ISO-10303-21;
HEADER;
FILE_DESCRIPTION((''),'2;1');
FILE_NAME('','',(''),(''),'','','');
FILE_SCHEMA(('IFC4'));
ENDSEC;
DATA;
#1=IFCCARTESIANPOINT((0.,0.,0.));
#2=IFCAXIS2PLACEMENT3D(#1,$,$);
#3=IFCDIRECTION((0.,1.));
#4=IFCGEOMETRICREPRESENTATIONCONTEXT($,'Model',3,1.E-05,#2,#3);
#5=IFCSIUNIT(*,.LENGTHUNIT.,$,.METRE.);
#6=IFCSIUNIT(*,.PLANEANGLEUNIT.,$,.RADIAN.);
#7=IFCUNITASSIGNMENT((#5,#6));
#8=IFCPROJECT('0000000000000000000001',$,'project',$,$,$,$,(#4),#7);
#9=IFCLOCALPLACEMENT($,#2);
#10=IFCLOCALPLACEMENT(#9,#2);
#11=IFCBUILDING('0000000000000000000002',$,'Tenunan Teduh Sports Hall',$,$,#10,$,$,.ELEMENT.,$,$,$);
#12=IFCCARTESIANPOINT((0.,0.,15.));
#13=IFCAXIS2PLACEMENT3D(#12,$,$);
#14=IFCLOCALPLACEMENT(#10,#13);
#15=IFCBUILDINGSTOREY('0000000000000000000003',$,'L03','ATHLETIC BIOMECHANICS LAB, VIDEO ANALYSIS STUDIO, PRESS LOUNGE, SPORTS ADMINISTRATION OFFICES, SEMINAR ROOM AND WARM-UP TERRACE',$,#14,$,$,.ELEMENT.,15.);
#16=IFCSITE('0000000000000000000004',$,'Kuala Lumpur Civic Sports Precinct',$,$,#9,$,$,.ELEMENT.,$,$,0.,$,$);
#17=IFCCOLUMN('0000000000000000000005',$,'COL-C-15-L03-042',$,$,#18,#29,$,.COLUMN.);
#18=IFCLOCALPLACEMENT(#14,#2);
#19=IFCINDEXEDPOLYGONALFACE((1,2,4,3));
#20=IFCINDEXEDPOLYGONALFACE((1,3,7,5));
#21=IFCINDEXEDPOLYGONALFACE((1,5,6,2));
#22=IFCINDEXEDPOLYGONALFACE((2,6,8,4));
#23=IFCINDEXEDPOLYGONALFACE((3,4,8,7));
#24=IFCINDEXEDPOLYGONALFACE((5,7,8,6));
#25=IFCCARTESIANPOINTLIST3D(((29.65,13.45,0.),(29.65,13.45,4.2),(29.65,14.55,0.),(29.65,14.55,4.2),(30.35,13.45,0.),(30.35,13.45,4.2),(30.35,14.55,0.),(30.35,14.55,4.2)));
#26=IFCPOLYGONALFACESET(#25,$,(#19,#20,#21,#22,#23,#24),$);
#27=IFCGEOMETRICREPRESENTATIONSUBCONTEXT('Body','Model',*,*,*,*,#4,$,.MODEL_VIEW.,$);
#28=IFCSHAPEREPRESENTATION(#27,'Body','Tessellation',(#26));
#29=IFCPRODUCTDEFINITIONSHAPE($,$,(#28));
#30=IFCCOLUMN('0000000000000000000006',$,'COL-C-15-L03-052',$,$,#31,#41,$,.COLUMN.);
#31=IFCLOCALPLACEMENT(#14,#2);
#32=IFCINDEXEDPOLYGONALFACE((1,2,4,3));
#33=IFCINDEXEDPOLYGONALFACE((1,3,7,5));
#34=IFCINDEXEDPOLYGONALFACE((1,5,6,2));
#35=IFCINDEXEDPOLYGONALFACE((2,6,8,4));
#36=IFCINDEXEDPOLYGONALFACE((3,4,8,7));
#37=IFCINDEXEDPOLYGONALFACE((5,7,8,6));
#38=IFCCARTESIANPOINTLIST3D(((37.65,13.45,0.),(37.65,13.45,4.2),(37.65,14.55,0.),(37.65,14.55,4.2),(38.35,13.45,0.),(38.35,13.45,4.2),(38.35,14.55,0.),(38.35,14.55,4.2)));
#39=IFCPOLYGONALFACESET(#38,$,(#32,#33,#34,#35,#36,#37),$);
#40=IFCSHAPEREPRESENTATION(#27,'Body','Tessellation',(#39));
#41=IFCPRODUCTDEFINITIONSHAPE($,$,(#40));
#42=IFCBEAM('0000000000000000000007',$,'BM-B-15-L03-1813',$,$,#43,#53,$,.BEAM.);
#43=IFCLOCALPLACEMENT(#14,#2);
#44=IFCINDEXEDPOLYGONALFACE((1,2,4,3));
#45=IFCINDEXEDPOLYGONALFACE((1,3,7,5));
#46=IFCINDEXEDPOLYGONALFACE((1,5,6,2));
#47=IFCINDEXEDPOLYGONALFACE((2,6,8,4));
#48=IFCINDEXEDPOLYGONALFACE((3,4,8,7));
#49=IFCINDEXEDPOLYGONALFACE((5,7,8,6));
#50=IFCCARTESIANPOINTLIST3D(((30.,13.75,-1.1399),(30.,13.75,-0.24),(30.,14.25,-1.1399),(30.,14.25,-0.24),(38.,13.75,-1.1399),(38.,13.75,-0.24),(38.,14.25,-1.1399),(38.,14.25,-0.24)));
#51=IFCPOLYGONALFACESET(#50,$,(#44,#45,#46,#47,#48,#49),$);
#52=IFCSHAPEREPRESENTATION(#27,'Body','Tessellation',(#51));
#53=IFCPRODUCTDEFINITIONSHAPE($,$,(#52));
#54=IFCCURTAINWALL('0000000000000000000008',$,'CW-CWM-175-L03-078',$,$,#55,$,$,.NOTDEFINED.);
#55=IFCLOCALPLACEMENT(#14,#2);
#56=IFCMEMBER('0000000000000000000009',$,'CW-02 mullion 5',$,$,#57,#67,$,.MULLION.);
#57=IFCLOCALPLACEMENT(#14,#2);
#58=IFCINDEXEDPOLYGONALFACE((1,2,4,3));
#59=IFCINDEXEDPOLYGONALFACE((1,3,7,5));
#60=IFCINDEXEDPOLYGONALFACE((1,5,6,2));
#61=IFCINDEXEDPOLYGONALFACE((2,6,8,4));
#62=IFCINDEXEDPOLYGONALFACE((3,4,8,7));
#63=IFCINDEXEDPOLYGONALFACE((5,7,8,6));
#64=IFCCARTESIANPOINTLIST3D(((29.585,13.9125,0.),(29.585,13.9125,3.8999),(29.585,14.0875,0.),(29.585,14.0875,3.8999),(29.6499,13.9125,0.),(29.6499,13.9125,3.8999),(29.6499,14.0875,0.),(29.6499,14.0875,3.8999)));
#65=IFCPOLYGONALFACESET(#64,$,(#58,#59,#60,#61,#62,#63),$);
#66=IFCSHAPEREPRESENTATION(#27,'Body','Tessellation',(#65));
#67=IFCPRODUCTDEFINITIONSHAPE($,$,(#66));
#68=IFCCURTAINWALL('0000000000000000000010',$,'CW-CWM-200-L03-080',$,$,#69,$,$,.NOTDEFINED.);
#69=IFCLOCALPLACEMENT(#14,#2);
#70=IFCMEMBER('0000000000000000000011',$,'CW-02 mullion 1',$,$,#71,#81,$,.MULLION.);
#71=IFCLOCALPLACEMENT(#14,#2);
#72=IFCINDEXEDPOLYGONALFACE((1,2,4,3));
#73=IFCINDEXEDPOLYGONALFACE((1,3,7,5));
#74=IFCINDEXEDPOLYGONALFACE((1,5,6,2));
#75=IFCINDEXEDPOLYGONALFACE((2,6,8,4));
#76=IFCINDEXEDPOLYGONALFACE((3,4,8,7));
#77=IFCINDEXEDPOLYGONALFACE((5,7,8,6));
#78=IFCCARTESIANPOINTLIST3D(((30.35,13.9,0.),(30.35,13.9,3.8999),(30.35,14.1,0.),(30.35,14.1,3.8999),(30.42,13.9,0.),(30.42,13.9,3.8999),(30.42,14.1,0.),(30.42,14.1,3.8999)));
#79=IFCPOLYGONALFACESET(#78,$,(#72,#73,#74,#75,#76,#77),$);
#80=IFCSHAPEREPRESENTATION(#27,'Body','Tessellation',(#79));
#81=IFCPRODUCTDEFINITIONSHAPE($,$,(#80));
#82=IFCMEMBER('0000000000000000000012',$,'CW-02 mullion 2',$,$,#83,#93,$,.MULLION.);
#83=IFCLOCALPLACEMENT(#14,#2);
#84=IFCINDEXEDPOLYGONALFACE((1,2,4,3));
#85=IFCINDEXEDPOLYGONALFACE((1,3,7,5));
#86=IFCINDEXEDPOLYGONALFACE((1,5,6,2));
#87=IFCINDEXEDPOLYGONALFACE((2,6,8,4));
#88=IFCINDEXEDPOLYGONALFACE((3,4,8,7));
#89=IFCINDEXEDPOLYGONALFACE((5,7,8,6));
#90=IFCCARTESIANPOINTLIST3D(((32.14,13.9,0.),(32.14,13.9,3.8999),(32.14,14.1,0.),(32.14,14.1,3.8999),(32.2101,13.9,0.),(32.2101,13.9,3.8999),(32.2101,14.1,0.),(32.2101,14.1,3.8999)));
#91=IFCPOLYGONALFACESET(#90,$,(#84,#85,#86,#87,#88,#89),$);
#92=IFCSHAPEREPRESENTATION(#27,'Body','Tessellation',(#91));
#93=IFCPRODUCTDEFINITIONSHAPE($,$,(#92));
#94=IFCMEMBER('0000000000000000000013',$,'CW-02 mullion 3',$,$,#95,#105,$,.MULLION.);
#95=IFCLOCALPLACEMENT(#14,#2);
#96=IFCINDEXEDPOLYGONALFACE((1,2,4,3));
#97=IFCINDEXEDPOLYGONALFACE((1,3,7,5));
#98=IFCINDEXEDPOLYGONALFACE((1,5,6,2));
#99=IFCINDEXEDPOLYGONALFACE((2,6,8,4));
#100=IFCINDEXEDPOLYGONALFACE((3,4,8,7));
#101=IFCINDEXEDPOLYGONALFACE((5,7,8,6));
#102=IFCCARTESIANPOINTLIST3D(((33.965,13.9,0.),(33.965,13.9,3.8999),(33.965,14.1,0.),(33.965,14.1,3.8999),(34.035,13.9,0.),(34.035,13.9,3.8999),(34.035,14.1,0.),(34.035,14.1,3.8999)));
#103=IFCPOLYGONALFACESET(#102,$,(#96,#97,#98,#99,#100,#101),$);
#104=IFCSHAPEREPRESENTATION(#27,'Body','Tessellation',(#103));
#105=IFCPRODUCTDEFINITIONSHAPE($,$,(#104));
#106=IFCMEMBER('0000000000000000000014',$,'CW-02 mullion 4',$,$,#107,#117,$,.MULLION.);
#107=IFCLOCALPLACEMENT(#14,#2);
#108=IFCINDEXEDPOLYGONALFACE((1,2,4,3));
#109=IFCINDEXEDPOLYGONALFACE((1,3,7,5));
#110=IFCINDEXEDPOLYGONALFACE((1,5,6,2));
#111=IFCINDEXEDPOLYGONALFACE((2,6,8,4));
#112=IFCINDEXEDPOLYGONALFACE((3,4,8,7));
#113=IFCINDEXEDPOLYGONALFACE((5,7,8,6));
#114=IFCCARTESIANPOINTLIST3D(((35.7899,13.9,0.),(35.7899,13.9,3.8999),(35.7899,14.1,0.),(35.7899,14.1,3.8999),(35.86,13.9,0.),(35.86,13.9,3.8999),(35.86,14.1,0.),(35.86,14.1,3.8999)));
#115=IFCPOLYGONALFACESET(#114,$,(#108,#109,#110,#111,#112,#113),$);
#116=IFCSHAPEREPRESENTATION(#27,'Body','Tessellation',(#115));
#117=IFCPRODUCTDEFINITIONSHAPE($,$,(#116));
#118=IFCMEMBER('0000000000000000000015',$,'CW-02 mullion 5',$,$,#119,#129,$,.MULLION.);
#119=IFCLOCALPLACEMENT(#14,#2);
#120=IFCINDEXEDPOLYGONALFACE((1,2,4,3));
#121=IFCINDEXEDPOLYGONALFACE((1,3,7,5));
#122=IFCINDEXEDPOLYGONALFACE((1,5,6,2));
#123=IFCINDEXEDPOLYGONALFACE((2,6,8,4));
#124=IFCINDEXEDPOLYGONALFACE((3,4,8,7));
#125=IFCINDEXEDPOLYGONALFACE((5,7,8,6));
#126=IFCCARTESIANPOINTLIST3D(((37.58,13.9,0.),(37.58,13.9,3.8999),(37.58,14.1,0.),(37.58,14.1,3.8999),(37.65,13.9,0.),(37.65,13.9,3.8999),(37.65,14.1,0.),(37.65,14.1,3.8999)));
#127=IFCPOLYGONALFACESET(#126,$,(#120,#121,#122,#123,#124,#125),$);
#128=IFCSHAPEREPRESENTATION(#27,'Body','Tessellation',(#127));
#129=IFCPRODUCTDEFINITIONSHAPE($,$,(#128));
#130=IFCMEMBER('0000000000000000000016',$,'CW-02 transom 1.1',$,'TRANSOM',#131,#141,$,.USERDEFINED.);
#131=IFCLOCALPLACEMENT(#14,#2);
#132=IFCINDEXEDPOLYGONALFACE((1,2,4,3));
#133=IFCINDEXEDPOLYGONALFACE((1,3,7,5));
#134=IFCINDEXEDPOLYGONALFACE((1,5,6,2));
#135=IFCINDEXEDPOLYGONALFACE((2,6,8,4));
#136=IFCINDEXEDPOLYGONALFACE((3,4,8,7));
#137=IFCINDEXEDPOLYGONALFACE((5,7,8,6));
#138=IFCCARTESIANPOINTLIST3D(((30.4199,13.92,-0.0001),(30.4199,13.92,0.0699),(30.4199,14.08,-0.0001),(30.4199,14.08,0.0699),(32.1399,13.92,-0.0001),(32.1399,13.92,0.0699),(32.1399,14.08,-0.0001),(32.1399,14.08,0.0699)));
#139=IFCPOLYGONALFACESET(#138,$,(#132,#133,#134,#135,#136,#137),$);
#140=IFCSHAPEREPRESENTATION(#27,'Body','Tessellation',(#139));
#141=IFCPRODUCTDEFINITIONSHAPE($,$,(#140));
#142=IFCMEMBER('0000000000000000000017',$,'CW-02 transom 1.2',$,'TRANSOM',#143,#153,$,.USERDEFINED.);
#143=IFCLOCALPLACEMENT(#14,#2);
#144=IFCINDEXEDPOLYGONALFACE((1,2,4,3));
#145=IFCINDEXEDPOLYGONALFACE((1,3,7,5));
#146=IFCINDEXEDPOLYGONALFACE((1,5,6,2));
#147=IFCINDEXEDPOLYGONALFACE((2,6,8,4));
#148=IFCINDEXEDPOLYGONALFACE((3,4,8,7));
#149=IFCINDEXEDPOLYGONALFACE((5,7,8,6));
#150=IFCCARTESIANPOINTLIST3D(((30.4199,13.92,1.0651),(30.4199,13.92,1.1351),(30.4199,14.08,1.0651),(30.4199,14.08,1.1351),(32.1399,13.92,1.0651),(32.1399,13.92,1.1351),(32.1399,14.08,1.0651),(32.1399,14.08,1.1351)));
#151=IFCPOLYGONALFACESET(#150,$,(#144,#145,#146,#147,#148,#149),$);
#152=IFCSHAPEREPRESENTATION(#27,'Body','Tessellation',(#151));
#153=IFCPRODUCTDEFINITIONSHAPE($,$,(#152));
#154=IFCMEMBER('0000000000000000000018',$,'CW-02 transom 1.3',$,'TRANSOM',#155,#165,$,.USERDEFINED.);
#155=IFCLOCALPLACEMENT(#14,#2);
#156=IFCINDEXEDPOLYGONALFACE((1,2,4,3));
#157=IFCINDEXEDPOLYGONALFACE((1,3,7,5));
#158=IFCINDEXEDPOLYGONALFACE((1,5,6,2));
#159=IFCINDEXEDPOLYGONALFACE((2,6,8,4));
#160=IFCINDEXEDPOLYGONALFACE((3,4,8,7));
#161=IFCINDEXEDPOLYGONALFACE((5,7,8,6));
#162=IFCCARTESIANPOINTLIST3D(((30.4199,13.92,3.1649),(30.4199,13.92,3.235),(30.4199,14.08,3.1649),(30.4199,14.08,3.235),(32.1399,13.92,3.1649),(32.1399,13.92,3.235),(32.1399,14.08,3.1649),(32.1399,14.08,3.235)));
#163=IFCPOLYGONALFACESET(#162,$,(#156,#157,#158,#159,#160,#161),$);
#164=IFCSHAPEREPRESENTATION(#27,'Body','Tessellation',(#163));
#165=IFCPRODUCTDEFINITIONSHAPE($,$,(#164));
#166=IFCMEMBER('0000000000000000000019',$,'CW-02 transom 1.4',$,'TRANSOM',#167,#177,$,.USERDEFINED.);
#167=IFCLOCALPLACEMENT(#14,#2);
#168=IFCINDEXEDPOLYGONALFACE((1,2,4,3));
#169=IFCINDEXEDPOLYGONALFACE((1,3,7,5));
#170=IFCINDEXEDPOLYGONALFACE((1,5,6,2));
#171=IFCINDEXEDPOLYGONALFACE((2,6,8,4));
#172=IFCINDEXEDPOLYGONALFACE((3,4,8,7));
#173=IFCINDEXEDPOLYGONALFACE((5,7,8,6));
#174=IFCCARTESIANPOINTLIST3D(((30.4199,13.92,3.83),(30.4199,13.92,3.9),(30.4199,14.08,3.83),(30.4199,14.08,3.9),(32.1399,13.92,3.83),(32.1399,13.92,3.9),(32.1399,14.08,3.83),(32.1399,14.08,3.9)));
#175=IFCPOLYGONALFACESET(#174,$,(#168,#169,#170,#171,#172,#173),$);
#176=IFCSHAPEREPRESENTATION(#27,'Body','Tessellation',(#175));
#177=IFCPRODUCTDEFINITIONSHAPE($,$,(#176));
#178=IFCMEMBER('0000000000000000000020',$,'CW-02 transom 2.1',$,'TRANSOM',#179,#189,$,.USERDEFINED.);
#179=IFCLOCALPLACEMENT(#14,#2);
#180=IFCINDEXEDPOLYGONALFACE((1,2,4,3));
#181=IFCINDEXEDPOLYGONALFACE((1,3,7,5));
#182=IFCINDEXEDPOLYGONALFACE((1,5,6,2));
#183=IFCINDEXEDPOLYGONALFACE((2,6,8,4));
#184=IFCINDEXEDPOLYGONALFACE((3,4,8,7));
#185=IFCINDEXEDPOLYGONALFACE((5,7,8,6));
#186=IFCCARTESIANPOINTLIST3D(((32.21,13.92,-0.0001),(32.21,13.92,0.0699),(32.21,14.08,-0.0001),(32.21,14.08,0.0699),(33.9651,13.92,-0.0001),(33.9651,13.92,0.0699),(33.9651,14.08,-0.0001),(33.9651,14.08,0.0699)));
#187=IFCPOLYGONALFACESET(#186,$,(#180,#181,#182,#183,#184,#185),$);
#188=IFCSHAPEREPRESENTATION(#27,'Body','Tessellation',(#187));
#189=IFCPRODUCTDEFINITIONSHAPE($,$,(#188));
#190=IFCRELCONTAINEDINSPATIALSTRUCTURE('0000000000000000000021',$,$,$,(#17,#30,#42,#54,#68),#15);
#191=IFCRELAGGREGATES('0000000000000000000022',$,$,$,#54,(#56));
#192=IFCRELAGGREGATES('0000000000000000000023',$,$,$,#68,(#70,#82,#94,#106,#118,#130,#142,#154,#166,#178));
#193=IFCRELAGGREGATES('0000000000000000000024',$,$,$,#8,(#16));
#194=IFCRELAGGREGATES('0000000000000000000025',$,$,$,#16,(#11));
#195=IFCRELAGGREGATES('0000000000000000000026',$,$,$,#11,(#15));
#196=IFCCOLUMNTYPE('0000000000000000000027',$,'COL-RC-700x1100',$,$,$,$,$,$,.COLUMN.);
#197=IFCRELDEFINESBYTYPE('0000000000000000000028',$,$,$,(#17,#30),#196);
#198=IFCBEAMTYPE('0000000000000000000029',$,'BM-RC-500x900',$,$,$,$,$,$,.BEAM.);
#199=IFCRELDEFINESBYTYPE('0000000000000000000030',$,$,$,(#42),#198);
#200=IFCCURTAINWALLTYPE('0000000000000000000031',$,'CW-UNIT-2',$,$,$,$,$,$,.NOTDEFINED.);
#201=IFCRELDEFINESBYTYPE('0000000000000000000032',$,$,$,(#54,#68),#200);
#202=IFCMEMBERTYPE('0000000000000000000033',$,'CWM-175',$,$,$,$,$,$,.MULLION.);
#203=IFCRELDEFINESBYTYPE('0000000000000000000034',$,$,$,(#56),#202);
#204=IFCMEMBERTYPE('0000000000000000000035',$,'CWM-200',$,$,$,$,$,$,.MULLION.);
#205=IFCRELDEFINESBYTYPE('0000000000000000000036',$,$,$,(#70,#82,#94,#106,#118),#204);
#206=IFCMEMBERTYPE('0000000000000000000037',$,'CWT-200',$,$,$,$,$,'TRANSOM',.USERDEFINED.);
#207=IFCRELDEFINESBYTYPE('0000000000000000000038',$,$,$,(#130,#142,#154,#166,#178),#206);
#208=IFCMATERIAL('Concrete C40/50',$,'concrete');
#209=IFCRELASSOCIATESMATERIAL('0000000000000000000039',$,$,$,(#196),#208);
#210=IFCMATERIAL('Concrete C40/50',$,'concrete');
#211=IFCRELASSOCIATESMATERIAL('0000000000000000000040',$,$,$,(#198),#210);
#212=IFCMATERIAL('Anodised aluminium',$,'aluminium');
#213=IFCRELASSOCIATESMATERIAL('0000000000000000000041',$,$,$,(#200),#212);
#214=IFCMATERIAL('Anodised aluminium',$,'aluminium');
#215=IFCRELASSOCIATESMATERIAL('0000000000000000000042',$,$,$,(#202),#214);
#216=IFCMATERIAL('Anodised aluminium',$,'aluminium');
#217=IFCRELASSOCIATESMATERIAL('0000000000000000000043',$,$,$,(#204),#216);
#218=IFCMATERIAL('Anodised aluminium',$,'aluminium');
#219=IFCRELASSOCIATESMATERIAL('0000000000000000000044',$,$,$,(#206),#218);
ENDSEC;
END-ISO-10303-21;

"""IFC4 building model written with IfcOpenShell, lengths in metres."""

from ifc_helpers import new_model, si_unit, direction, frame, origin, origin_2d, place, context, subcontext, project, spatial, rectangle, extrude, material, material_profile, profile_set, type_object, element, aggregate, save


model = new_model("IFC4")

# Units and contexts
model_context = context("Model", 3, precision=1e-05, world=origin(), true_north=direction((0.0, 1.0)))
body_context = subcontext(model_context, "Body", "Model", "MODEL_VIEW")
ifc_project = project(units=[si_unit("LENGTHUNIT", "METRE"), si_unit("PLANEANGLEUNIT", "RADIAN")], contexts=[model_context])

# Site, building, storey
site_placement = place(None, origin())
site = spatial("IfcSite", under=ifc_project, at=site_placement, Name="Kuala Lumpur Civic Sports Precinct", CompositionType="ELEMENT", RefElevation=0.0)
building_placement = place(site_placement, origin())
building = spatial("IfcBuilding", under=site, at=building_placement, Name="Tenunan Teduh Sports Hall", CompositionType="ELEMENT")
storey_placement = place(building_placement, frame((0.0, 0.0, 15.0)))
storey = spatial("IfcBuildingStorey", under=building, at=storey_placement, Name="L03", Description="ATHLETIC BIOMECHANICS LAB, VIDEO ANALYSIS STUDIO, PRESS LOUNGE, SPORTS ADMINISTRATION OFFICES, SEMINAR ROOM AND WARM-UP TERRACE", CompositionType="ELEMENT", Elevation=15.0)

# Columns
ifc_material_1 = material(Name="Concrete C40/50", Category="concrete")
ifc_material_profile_1 = material_profile(ifc_material_1, rectangle(XDim=0.7, YDim=1.1001, at=origin_2d()), Name="RC 700x1100")
ifc_profile_set_1 = profile_set([ifc_material_profile_1], Name="Concrete C40/50")
column_type = type_object("IfcColumnType", Name="COL-RC-700x1100", PredefinedType="COLUMN", material=ifc_profile_set_1)
for number, where, z_axis, x_axis, name in (
    (1, (30.0, 14.0, 0.0), (0.0, 0.0, 1.0), (1.0, 0.0, 0.0), "COL-C-15-L03-042"),
    (2, (38.0, 14.0, 0.0), (0.0, 0.0, 1.0), (1.0, 0.0, 0.0), "COL-C-15-L03-052"),
):
    element("IfcColumn", number, at=place(storey_placement, frame(where, z_axis=z_axis, x_axis=x_axis)), inside=storey, type_object=column_type, Name=name, PredefinedType="COLUMN", context=body_context, shape_type="SweptSolid", body=[
        extrude(rectangle(XDim=0.7, YDim=1.1001, at=origin_2d()), origin(), (0.0, 0.0, 1.0), 4.2),
    ])

# Beam
ifc_material_2 = material(Name="Concrete C40/50", Category="concrete")
ifc_material_profile_2 = material_profile(ifc_material_2, rectangle(XDim=0.5, YDim=0.8999, at=origin_2d()), Name="RCB 500x900")
ifc_profile_set_2 = profile_set([ifc_material_profile_2], Name="Concrete C40/50")
beam_type = type_object("IfcBeamType", Name="BM-RC-500x900", PredefinedType="BEAM", material=ifc_profile_set_2)
beam_placement = place(storey_placement, frame((30.0, 14.0, -0.6899), z_axis=(1.0, 0.0, 0.0), x_axis=(0.0, 1.0, 0.0)))
element("IfcBeam", 3, at=beam_placement, inside=storey, type_object=beam_type, Name="BM-B-15-L03-1813", PredefinedType="BEAM", context=body_context, shape_type="SweptSolid", body=[
    extrude(rectangle(XDim=0.5, YDim=0.8999, at=origin_2d()), origin(), (0.0, 0.0, 1.0), 8.0),
])

# Curtain wall, member
ifc_material_3 = material(Name="Anodised aluminium", Category="aluminium")
curtain_wall_type = type_object("IfcCurtainWallType", Name="CW-UNIT-2", PredefinedType="NOTDEFINED", material=ifc_material_3)
curtain_wall_1_placement = place(storey_placement, origin())
curtain_wall_1 = element("IfcCurtainWall", 4, at=curtain_wall_1_placement, inside=storey, type_object=curtain_wall_type, Name="CW-CWM-175-L03-078", PredefinedType="NOTDEFINED")
ifc_material_4 = material(Name="Anodised aluminium", Category="aluminium")
ifc_material_profile_3 = material_profile(ifc_material_4, rectangle(XDim=0.0649, YDim=0.175, at=origin_2d()), Name="CWM 65x175")
ifc_profile_set_3 = profile_set([ifc_material_profile_3], Name="Anodised aluminium")
member_type_1 = type_object("IfcMemberType", Name="CWM-175", PredefinedType="MULLION", material=ifc_profile_set_3)
member_1_placement = place(storey_placement, frame((29.6174, 14.0, 0.0), z_axis=(0.0, 0.0, 1.0), x_axis=(1.0, 0.0, 0.0)))
member_1 = element("IfcMember", 5, at=member_1_placement, type_object=member_type_1, Name="CW-02 mullion 5", PredefinedType="MULLION", context=body_context, shape_type="SweptSolid", body=[
    extrude(rectangle(XDim=0.0649, YDim=0.175, at=origin_2d()), origin(), (0.0, 0.0, 1.0), 3.8999),
])

# Curtain wall, members
curtain_wall_2_placement = place(storey_placement, origin())
curtain_wall_2 = element("IfcCurtainWall", 6, at=curtain_wall_2_placement, inside=storey, type_object=curtain_wall_type, Name="CW-CWM-200-L03-080", PredefinedType="NOTDEFINED")
ifc_material_5 = material(Name="Anodised aluminium", Category="aluminium")
ifc_material_profile_4 = material_profile(ifc_material_5, rectangle(XDim=0.0701, YDim=0.2, at=origin_2d()), Name="CWM 70x200")
ifc_profile_set_4 = profile_set([ifc_material_profile_4], Name="Anodised aluminium")
member_type_2 = type_object("IfcMemberType", Name="CWM-200", PredefinedType="MULLION", material=ifc_profile_set_4)
member_2_placement = place(storey_placement, frame((30.385, 14.0, 0.0), z_axis=(0.0, 0.0, 1.0), x_axis=(1.0, 0.0, 0.0)))
member_2 = element("IfcMember", 7, at=member_2_placement, type_object=member_type_2, Name="CW-02 mullion 1", PredefinedType="MULLION", context=body_context, shape_type="SweptSolid", body=[
    extrude(rectangle(XDim=0.0701, YDim=0.2, at=origin_2d()), origin(), (0.0, 0.0, 1.0), 3.8999),
])
member_3_placement = place(storey_placement, frame((32.175, 14.0, 0.0), z_axis=(0.0, 0.0, 1.0), x_axis=(1.0, 0.0, 0.0)))
member_3 = element("IfcMember", 8, at=member_3_placement, type_object=member_type_2, Name="CW-02 mullion 2", PredefinedType="MULLION", context=body_context, shape_type="SweptSolid", body=[
    extrude(rectangle(XDim=0.0701, YDim=0.2, at=origin_2d()), origin(), (0.0, 0.0, 1.0), 3.8999),
])
member_4_placement = place(storey_placement, frame((34.0, 14.0, 0.0), z_axis=(0.0, 0.0, 1.0), x_axis=(1.0, 0.0, 0.0)))
member_4 = element("IfcMember", 9, at=member_4_placement, type_object=member_type_2, Name="CW-02 mullion 3", PredefinedType="MULLION", context=body_context, shape_type="SweptSolid", body=[
    extrude(rectangle(XDim=0.0701, YDim=0.2, at=origin_2d()), origin(), (0.0, 0.0, 1.0), 3.8999),
])
member_5_placement = place(storey_placement, frame((35.825, 14.0, 0.0), z_axis=(0.0, 0.0, 1.0), x_axis=(1.0, 0.0, 0.0)))
member_5 = element("IfcMember", 10, at=member_5_placement, type_object=member_type_2, Name="CW-02 mullion 4", PredefinedType="MULLION", context=body_context, shape_type="SweptSolid", body=[
    extrude(rectangle(XDim=0.0701, YDim=0.2, at=origin_2d()), origin(), (0.0, 0.0, 1.0), 3.8999),
])
member_6_placement = place(storey_placement, frame((37.615, 14.0, 0.0), z_axis=(0.0, 0.0, 1.0), x_axis=(1.0, 0.0, 0.0)))
member_6 = element("IfcMember", 11, at=member_6_placement, type_object=member_type_2, Name="CW-02 mullion 5", PredefinedType="MULLION", context=body_context, shape_type="SweptSolid", body=[
    extrude(rectangle(XDim=0.0701, YDim=0.2, at=origin_2d()), origin(), (0.0, 0.0, 1.0), 3.8999),
])
ifc_material_6 = material(Name="Anodised aluminium", Category="aluminium")
ifc_material_profile_5 = material_profile(ifc_material_6, rectangle(XDim=0.0701, YDim=0.1599, at=origin_2d()), Name="CWT 70x160")
ifc_profile_set_5 = profile_set([ifc_material_profile_5], Name="Anodised aluminium")
member_type_3 = type_object("IfcMemberType", Name="CWT-200", ElementType="TRANSOM", PredefinedType="USERDEFINED", material=ifc_profile_set_5)
member_7_placement = place(storey_placement, frame((30.4199, 14.0, 0.0349), z_axis=(1.0, 0.0, 0.0), x_axis=(0.0, 0.0, 1.0)))
member_7 = element("IfcMember", 12, at=member_7_placement, type_object=member_type_3, Name="CW-02 transom 1.1", ObjectType="TRANSOM", PredefinedType="USERDEFINED", context=body_context, shape_type="SweptSolid", body=[
    extrude(rectangle(XDim=0.0701, YDim=0.1599, at=origin_2d()), origin(), (0.0, 0.0, 1.0), 1.72),
])
member_8_placement = place(storey_placement, frame((30.4199, 14.0, 1.1001), z_axis=(1.0, 0.0, 0.0), x_axis=(0.0, 0.0, 1.0)))
member_8 = element("IfcMember", 13, at=member_8_placement, type_object=member_type_3, Name="CW-02 transom 1.2", ObjectType="TRANSOM", PredefinedType="USERDEFINED", context=body_context, shape_type="SweptSolid", body=[
    extrude(rectangle(XDim=0.0701, YDim=0.1599, at=origin_2d()), origin(), (0.0, 0.0, 1.0), 1.72),
])
member_9_placement = place(storey_placement, frame((30.4199, 14.0, 3.2), z_axis=(1.0, 0.0, 0.0), x_axis=(0.0, 0.0, 1.0)))
member_9 = element("IfcMember", 14, at=member_9_placement, type_object=member_type_3, Name="CW-02 transom 1.3", ObjectType="TRANSOM", PredefinedType="USERDEFINED", context=body_context, shape_type="SweptSolid", body=[
    extrude(rectangle(XDim=0.0701, YDim=0.1599, at=origin_2d()), origin(), (0.0, 0.0, 1.0), 1.72),
])
member_10_placement = place(storey_placement, frame((30.4199, 14.0, 3.865), z_axis=(1.0, 0.0, 0.0), x_axis=(0.0, 0.0, 1.0)))
member_10 = element("IfcMember", 15, at=member_10_placement, type_object=member_type_3, Name="CW-02 transom 1.4", ObjectType="TRANSOM", PredefinedType="USERDEFINED", context=body_context, shape_type="SweptSolid", body=[
    extrude(rectangle(XDim=0.0701, YDim=0.1599, at=origin_2d()), origin(), (0.0, 0.0, 1.0), 1.72),
])
member_11_placement = place(storey_placement, frame((32.21, 14.0, 0.0349), z_axis=(1.0, 0.0, 0.0), x_axis=(0.0, 0.0, 1.0)))
member_11 = element("IfcMember", 16, at=member_11_placement, type_object=member_type_3, Name="CW-02 transom 2.1", ObjectType="TRANSOM", PredefinedType="USERDEFINED", context=body_context, shape_type="SweptSolid", body=[
    extrude(rectangle(XDim=0.0701, YDim=0.1599, at=origin_2d()), origin(), (0.0, 0.0, 1.0), 1.7551),
])

aggregate(curtain_wall_1, [member_1])
aggregate(curtain_wall_2, [member_2, member_3, member_4, member_5, member_6, member_7, member_8, member_9, member_10, member_11])

save(model, "model.ifc")
